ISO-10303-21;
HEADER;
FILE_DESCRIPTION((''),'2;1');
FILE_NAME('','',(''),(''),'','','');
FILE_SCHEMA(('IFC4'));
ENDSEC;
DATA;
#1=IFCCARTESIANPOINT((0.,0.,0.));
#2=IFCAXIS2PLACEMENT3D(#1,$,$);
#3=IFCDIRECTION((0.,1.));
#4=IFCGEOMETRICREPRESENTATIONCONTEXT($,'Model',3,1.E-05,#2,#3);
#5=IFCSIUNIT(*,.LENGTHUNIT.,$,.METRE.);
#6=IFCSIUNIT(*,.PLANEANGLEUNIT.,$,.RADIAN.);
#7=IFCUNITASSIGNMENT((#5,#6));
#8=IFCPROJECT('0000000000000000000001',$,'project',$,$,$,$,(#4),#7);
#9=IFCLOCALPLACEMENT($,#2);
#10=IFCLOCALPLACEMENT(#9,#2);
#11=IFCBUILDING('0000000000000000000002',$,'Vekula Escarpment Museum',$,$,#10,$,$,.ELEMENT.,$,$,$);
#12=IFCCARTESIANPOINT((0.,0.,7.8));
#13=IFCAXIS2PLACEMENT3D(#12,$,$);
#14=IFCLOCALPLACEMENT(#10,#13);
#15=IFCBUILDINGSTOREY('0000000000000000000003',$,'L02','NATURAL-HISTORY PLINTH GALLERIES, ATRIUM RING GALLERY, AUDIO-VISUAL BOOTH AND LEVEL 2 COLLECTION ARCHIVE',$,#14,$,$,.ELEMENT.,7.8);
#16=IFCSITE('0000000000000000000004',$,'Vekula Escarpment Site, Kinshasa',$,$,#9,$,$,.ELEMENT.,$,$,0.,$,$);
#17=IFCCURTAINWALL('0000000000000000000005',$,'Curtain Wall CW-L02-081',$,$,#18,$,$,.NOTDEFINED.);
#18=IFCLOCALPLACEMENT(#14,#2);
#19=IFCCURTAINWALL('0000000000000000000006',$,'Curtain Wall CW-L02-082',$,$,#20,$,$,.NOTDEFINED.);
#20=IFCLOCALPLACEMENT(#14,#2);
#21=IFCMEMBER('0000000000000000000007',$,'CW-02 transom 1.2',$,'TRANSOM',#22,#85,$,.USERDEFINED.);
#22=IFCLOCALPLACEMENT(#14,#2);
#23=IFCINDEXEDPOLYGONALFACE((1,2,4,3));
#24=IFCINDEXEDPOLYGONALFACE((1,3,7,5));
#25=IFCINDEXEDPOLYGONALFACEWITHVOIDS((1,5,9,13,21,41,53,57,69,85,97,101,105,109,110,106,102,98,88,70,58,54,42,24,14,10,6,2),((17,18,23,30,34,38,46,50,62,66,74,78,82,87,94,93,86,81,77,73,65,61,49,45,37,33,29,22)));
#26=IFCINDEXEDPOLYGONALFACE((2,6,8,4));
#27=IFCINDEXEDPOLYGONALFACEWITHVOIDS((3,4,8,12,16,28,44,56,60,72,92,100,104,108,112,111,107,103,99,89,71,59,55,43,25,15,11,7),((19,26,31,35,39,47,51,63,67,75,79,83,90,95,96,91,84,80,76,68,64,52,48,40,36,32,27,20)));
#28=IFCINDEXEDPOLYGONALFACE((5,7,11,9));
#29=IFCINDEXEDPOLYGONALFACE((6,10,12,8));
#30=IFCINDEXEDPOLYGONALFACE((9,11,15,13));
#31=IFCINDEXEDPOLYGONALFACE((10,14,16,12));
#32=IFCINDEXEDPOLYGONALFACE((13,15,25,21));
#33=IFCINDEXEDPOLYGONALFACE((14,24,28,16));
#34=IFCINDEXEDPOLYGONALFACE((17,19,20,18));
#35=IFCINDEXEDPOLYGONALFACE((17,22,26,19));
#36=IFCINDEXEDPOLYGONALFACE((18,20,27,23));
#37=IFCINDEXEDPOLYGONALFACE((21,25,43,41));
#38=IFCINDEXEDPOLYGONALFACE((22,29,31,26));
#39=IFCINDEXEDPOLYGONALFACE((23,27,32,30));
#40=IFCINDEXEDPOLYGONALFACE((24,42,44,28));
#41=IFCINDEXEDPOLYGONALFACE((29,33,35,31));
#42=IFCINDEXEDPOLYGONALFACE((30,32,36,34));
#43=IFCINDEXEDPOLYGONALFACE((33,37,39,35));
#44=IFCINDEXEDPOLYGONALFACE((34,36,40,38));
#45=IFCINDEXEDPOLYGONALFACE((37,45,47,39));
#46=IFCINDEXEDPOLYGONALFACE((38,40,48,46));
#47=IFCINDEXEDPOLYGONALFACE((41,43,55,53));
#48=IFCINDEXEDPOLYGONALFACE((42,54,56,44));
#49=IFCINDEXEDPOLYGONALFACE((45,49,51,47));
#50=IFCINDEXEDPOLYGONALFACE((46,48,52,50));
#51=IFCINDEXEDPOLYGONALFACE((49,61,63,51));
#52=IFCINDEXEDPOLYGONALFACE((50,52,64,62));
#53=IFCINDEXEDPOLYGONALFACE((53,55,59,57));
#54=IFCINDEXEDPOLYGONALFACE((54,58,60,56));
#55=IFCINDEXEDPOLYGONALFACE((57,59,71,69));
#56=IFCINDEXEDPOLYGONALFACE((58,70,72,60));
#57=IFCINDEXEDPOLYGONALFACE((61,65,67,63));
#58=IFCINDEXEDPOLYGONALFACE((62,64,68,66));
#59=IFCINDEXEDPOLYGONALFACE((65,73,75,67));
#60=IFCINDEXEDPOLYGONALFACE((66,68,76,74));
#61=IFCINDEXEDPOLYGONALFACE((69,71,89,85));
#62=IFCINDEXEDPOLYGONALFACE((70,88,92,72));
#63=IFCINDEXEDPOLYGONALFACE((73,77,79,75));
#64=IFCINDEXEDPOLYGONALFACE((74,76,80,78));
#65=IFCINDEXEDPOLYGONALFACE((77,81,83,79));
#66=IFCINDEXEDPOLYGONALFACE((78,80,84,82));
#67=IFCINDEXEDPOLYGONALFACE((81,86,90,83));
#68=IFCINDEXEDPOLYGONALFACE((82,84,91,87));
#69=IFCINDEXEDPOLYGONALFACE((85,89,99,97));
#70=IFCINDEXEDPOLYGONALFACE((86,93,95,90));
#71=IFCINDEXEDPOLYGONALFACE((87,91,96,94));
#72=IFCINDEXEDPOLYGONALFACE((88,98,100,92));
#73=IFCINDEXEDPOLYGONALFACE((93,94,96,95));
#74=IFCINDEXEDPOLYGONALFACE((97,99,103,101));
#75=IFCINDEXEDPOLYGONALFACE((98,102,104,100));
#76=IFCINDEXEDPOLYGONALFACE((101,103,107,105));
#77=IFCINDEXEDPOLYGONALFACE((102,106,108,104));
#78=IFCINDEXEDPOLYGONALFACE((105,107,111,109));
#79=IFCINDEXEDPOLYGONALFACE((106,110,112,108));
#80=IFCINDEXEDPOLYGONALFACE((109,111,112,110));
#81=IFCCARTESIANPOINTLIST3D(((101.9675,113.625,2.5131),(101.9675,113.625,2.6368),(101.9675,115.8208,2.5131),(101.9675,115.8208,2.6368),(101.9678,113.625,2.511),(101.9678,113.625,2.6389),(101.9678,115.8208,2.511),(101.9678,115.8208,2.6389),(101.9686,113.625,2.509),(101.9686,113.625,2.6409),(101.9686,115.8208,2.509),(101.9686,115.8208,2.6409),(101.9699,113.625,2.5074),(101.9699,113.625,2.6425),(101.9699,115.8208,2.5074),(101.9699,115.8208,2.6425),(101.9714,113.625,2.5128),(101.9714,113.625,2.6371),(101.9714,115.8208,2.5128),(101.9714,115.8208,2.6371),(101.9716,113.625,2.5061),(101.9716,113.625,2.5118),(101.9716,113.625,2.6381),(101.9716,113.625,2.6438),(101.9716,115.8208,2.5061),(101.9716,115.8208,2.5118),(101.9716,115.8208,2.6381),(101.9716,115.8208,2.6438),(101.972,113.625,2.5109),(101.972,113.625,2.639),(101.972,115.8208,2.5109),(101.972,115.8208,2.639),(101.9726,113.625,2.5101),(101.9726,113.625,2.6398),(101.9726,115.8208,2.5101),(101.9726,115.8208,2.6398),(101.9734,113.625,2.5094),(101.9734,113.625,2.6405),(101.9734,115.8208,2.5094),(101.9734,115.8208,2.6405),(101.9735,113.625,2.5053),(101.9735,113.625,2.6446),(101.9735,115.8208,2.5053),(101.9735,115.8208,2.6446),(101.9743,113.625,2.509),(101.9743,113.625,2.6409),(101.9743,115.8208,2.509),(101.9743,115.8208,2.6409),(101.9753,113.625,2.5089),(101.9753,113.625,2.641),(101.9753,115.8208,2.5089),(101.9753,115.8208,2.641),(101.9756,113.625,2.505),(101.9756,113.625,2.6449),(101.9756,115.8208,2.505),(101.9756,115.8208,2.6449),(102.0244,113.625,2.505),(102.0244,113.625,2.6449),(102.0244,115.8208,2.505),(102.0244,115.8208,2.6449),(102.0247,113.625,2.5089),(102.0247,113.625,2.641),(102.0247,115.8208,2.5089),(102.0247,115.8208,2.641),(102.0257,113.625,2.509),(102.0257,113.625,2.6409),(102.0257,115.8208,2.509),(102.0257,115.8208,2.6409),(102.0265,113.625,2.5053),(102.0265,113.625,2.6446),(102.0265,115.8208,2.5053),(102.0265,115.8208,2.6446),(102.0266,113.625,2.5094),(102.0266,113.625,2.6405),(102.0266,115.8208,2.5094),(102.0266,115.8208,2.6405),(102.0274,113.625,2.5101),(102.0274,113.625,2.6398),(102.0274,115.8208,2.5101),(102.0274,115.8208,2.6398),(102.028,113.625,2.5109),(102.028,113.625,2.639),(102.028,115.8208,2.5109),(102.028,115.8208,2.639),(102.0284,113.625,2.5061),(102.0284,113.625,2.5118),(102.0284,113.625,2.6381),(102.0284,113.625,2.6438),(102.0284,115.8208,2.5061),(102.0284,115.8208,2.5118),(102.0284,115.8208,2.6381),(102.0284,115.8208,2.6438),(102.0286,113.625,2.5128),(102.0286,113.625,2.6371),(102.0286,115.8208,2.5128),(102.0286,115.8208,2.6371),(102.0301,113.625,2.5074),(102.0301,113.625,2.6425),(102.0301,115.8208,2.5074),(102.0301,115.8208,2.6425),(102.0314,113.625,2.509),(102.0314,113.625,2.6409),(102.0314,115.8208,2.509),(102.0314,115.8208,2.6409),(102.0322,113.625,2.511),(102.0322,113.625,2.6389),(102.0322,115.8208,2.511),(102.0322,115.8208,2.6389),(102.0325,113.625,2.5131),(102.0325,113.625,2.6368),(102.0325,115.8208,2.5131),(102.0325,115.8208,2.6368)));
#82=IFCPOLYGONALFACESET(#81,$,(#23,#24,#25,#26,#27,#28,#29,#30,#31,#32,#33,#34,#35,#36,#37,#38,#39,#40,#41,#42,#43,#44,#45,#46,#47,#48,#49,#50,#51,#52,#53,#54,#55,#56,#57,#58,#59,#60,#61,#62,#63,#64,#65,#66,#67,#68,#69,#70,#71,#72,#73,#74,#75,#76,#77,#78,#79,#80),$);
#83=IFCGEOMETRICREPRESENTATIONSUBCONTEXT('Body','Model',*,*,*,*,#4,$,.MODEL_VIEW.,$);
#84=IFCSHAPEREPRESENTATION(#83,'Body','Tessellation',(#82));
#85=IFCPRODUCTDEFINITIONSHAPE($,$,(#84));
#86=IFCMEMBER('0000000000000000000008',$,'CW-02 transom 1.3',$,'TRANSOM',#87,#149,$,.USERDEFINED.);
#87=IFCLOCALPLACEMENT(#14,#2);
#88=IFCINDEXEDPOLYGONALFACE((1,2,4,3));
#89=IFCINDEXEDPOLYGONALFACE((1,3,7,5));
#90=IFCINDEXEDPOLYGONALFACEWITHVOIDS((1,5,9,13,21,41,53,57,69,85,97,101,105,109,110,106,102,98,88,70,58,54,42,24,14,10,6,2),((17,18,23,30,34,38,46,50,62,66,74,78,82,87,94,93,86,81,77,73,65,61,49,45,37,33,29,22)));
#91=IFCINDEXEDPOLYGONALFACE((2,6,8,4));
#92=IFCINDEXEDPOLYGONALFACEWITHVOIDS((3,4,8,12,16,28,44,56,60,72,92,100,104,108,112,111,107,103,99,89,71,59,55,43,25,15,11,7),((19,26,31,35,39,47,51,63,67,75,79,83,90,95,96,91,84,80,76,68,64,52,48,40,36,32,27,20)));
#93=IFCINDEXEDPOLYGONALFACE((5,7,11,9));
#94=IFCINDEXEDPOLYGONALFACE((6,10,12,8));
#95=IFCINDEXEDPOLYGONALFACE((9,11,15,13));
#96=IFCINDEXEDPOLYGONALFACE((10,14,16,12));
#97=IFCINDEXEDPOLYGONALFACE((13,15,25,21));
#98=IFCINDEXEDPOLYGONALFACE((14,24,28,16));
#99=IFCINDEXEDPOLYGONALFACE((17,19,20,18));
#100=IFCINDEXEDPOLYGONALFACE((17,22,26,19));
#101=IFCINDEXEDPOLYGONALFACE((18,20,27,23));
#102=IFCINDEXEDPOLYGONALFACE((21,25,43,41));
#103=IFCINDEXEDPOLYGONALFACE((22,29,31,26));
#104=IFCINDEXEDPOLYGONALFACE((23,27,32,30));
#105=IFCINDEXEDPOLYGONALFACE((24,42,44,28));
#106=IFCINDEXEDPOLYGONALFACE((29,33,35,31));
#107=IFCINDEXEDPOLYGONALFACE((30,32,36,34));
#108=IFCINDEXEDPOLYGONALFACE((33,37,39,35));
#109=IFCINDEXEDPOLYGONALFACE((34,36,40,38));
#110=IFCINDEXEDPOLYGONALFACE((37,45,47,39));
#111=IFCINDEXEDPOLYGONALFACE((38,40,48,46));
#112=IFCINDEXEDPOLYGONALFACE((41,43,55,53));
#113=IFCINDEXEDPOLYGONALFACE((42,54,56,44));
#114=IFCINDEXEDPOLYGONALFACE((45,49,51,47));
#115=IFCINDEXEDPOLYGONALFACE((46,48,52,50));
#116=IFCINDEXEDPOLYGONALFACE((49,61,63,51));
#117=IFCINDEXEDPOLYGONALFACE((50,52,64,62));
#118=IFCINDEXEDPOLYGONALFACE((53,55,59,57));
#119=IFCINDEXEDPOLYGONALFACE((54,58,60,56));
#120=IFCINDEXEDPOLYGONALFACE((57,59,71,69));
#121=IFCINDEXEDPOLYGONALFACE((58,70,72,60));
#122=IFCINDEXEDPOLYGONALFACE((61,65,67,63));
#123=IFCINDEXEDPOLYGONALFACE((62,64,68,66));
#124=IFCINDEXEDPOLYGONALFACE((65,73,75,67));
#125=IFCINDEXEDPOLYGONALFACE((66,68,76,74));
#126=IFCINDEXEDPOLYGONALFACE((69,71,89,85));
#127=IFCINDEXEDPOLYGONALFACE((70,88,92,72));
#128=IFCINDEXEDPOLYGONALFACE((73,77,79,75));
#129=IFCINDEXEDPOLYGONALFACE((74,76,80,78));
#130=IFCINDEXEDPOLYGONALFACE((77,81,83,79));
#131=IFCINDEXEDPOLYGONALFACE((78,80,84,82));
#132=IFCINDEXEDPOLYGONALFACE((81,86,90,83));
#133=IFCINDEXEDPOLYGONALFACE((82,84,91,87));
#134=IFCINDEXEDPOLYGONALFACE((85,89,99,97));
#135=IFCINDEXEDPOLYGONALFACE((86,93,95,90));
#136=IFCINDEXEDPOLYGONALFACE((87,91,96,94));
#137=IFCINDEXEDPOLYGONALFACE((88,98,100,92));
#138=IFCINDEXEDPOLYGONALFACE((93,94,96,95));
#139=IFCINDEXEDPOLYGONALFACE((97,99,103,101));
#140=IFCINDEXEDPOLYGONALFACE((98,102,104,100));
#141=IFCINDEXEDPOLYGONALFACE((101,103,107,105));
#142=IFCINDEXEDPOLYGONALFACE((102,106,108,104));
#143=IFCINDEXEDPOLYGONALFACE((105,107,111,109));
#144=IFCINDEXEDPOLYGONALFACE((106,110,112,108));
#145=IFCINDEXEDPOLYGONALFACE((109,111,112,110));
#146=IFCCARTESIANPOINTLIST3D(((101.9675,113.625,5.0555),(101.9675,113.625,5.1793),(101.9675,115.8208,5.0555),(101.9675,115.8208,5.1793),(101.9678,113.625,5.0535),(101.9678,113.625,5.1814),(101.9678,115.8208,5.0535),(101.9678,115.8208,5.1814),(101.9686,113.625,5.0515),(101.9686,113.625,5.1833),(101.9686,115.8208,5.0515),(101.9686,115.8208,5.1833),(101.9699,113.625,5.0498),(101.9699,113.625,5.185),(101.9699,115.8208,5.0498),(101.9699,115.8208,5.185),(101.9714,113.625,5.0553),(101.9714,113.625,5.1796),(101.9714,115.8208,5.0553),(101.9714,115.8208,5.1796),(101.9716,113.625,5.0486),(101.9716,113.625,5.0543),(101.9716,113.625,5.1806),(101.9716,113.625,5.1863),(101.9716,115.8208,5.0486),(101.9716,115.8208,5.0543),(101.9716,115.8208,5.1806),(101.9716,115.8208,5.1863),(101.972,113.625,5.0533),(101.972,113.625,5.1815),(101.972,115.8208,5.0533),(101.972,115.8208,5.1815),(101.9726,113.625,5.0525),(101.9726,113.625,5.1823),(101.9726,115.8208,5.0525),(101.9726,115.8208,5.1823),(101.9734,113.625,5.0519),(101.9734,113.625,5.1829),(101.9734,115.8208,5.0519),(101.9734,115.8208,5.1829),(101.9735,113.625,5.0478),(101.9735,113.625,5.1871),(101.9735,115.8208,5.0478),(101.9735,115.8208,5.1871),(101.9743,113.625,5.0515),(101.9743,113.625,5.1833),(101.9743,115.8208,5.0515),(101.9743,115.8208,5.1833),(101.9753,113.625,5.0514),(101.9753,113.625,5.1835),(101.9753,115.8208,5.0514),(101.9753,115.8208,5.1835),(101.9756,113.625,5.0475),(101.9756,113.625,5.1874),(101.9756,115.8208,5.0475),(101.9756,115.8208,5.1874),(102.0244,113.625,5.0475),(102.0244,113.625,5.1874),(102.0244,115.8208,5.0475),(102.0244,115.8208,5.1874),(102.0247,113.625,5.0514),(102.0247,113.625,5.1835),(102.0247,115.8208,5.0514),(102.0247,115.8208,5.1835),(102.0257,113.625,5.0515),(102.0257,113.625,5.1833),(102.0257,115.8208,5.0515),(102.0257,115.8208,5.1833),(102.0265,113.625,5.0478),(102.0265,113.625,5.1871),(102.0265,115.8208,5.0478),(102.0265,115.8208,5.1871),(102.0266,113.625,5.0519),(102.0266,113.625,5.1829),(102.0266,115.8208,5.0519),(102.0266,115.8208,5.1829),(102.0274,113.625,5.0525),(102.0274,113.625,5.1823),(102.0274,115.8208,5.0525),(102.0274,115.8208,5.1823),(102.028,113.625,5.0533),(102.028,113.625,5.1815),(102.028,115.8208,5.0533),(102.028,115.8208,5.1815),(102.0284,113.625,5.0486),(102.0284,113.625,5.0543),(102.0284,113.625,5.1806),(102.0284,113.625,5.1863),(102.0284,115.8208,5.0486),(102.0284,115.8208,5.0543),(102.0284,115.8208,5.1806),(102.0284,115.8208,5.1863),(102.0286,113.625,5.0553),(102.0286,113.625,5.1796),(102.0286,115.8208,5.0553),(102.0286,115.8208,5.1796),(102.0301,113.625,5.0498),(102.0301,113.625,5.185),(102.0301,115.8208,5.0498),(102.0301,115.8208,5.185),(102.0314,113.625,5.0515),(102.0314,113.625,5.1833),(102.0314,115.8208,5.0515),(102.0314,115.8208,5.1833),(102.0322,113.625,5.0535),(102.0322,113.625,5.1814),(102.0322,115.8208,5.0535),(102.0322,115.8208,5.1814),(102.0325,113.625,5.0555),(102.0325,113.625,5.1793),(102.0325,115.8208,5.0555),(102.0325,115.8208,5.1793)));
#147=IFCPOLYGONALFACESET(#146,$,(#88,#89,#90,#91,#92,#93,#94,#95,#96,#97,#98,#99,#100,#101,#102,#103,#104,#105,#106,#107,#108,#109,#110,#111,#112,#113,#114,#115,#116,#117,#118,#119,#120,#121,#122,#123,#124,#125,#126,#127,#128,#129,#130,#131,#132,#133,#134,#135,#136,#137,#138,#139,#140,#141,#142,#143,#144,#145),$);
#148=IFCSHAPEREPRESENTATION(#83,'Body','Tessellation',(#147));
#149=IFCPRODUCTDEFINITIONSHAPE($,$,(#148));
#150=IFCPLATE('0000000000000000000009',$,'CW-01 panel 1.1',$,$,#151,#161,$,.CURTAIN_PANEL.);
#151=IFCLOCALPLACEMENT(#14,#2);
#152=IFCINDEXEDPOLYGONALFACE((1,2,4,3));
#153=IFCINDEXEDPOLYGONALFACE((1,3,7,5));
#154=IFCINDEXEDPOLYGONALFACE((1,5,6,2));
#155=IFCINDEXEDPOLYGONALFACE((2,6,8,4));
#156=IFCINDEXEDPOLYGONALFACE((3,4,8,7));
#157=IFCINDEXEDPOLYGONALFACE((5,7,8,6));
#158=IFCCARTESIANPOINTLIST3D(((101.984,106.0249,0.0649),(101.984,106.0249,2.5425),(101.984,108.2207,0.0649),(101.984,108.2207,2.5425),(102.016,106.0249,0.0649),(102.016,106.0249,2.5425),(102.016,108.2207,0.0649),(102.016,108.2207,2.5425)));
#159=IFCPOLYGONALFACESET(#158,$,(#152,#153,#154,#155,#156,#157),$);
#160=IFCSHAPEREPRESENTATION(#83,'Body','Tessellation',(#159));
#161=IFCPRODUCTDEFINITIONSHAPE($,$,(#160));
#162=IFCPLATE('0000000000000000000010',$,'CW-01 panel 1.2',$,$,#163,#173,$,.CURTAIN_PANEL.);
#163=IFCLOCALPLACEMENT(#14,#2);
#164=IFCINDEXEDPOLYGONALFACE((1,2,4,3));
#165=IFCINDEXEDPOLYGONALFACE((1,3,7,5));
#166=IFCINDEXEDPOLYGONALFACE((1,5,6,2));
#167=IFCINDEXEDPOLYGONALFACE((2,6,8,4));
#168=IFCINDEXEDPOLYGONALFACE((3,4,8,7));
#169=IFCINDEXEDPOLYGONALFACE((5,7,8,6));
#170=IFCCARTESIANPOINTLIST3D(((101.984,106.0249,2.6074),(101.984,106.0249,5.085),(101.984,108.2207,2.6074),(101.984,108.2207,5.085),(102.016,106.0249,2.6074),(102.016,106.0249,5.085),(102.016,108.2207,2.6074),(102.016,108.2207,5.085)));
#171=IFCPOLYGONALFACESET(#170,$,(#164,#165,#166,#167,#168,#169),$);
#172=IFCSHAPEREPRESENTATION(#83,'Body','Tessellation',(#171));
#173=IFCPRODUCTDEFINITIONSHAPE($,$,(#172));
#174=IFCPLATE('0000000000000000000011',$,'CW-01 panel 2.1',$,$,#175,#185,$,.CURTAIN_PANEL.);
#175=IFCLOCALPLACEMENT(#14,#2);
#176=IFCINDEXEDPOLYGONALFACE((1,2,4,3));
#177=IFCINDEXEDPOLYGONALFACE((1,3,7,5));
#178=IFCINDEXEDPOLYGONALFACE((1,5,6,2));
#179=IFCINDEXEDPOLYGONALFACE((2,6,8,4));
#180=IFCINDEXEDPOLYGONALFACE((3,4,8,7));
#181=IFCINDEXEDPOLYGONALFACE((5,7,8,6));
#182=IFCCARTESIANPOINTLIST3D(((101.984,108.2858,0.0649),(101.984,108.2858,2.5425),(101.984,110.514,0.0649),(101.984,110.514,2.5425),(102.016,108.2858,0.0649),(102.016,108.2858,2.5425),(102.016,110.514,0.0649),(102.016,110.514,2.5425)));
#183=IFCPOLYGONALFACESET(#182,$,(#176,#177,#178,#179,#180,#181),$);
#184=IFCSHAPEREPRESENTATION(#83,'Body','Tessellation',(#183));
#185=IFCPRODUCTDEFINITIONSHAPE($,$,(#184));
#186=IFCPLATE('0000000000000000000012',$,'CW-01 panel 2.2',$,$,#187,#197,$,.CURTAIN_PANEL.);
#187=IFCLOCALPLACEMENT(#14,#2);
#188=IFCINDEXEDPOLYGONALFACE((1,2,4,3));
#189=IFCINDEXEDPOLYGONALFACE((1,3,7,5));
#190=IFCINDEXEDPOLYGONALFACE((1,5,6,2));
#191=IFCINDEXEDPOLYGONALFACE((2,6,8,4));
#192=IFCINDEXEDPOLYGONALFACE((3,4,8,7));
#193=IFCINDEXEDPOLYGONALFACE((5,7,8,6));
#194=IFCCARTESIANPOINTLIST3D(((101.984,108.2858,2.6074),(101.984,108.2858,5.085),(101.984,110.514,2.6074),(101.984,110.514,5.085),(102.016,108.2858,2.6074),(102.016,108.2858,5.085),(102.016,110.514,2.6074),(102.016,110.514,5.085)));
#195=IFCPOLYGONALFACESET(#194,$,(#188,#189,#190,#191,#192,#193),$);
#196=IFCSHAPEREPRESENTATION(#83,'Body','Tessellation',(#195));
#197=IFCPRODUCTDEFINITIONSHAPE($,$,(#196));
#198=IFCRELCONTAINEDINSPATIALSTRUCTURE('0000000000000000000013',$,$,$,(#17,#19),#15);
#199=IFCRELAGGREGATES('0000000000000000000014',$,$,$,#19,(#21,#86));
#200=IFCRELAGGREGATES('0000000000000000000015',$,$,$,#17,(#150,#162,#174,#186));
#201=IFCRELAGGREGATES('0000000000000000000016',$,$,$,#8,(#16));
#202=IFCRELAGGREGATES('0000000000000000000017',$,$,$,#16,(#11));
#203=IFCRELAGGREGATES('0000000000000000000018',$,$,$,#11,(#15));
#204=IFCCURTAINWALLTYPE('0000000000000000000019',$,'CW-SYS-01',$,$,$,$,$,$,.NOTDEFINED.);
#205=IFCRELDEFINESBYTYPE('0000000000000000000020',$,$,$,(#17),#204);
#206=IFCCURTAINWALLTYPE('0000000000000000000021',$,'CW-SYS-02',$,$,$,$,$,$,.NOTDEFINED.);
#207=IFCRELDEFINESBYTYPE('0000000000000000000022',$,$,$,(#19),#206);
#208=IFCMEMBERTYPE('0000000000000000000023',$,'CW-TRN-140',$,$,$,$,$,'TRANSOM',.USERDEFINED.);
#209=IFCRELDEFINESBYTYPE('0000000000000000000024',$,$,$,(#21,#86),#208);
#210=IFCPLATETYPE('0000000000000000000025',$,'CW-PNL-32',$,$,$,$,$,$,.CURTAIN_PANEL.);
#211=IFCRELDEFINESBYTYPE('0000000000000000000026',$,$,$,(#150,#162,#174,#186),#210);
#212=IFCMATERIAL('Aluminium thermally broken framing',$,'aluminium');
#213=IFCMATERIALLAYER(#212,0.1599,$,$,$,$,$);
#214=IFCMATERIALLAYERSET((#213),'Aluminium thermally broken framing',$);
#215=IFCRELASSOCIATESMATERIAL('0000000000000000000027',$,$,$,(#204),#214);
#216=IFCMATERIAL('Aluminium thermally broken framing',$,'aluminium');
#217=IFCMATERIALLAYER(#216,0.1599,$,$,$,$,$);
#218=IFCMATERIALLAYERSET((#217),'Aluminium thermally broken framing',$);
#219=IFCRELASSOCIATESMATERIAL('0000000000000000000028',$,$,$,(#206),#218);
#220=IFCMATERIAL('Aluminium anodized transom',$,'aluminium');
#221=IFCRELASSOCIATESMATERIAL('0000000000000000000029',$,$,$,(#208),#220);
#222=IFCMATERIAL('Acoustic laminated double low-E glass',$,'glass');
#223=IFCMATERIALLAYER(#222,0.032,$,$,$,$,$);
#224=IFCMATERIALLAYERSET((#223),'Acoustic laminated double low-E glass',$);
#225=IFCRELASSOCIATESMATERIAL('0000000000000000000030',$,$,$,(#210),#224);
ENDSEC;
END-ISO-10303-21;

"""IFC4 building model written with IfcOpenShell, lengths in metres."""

from ifc_helpers import new_model, si_unit, direction, frame, origin, origin_2d, place, context, subcontext, project, spatial, rectangle, hollow_rectangle, extrude, material, layer, layer_set, material_profile, profile_set, type_object, element, aggregate, save


model = new_model("IFC4")

# Units and contexts
model_context = context("Model", 3, precision=1e-05, world=origin(), true_north=direction((0.0, 1.0)))
body_context = subcontext(model_context, "Body", "Model", "MODEL_VIEW")
ifc_project = project(units=[si_unit("LENGTHUNIT", "METRE"), si_unit("PLANEANGLEUNIT", "RADIAN")], contexts=[model_context])

# Site, building, storey
site_placement = place(None, origin())
site = spatial("IfcSite", under=ifc_project, at=site_placement, Name="Vekula Escarpment Site, Kinshasa", CompositionType="ELEMENT", RefElevation=0.0)
building_placement = place(site_placement, origin())
building = spatial("IfcBuilding", under=site, at=building_placement, Name="Vekula Escarpment Museum", CompositionType="ELEMENT")
storey_placement = place(building_placement, frame((0.0, 0.0, 7.8)))
storey = spatial("IfcBuildingStorey", under=building, at=storey_placement, Name="L02", Description="NATURAL-HISTORY PLINTH GALLERIES, ATRIUM RING GALLERY, AUDIO-VISUAL BOOTH AND LEVEL 2 COLLECTION ARCHIVE", CompositionType="ELEMENT", Elevation=7.8)

# Curtain wall
ifc_material_1 = material(Name="Aluminium thermally broken framing", Category="aluminium")
ifc_layer_1 = layer(ifc_material_1, 0.1599)
ifc_layer_set_1 = layer_set([ifc_layer_1], Name="Aluminium thermally broken framing")
curtain_wall_type_1 = type_object("IfcCurtainWallType", Name="CW-SYS-01", PredefinedType="NOTDEFINED", material=ifc_layer_set_1)
curtain_wall_1_placement = place(storey_placement, origin())
curtain_wall_1 = element("IfcCurtainWall", 1, at=curtain_wall_1_placement, inside=storey, type_object=curtain_wall_type_1, Name="Curtain Wall CW-L02-081", PredefinedType="NOTDEFINED")

# Curtain wall
ifc_material_2 = material(Name="Aluminium thermally broken framing", Category="aluminium")
ifc_layer_2 = layer(ifc_material_2, 0.1599)
ifc_layer_set_2 = layer_set([ifc_layer_2], Name="Aluminium thermally broken framing")
curtain_wall_type_2 = type_object("IfcCurtainWallType", Name="CW-SYS-02", PredefinedType="NOTDEFINED", material=ifc_layer_set_2)
curtain_wall_2_placement = place(storey_placement, origin())
curtain_wall_2 = element("IfcCurtainWall", 2, at=curtain_wall_2_placement, inside=storey, type_object=curtain_wall_type_2, Name="Curtain Wall CW-L02-082", PredefinedType="NOTDEFINED")

# Members
ifc_material_3 = material(Name="Aluminium anodized transom", Category="aluminium")
ifc_material_profile_1 = material_profile(ifc_material_3, hollow_rectangle(XDim=0.0649, YDim=0.1399, WallThickness=0.0039, InnerFilletRadius=0.0039, OuterFilletRadius=0.0081, at=origin_2d()), Name="ALU 140x65x4")
ifc_profile_set_1 = profile_set([ifc_material_profile_1], Name="Aluminium anodized transom")
member_type_1 = type_object("IfcMemberType", Name="CW-TRN-140", ElementType="TRANSOM", PredefinedType="USERDEFINED", material=ifc_profile_set_1)
member_1_placement = place(storey_placement, frame((102.0, 113.625, 2.575), z_axis=(0.0, 1.0, 0.0), x_axis=(-1.0, 0.0, 0.0)))
member_1 = element("IfcMember", 3, at=member_1_placement, type_object=member_type_1, Name="CW-02 transom 1.2", ObjectType="TRANSOM", PredefinedType="USERDEFINED", context=body_context, shape_type="SweptSolid", body=[
    extrude(hollow_rectangle(XDim=0.0649, YDim=0.1399, WallThickness=0.0039, InnerFilletRadius=0.0039, OuterFilletRadius=0.0081, at=origin_2d()), origin(), (0.0, 0.0, 1.0), 2.1958),
])
member_2_placement = place(storey_placement, frame((102.0, 113.625, 5.1174), z_axis=(0.0, 1.0, 0.0), x_axis=(-1.0, 0.0, 0.0)))
member_2 = element("IfcMember", 4, at=member_2_placement, type_object=member_type_1, Name="CW-02 transom 1.3", ObjectType="TRANSOM", PredefinedType="USERDEFINED", context=body_context, shape_type="SweptSolid", body=[
    extrude(hollow_rectangle(XDim=0.0649, YDim=0.1399, WallThickness=0.0039, InnerFilletRadius=0.0039, OuterFilletRadius=0.0081, at=origin_2d()), origin(), (0.0, 0.0, 1.0), 2.1958),
])
aggregate(curtain_wall_2, [member_1, member_2])

# Plates
ifc_material_4 = material(Name="Acoustic laminated double low-E glass", Category="glass")
ifc_layer_3 = layer(ifc_material_4, 0.032)
ifc_layer_set_3 = layer_set([ifc_layer_3], Name="Acoustic laminated double low-E glass")
plate_type = type_object("IfcPlateType", Name="CW-PNL-32", PredefinedType="CURTAIN_PANEL", material=ifc_layer_set_3)
plate_1_placement = place(storey_placement, frame((102.0, 107.1228, 0.0649), z_axis=(0.0, 0.0, 1.0), x_axis=(0.0, 1.0, 0.0)))
plate_1 = element("IfcPlate", 5, at=plate_1_placement, type_object=plate_type, Name="CW-01 panel 1.1", PredefinedType="CURTAIN_PANEL", context=body_context, shape_type="SweptSolid", body=[
    extrude(rectangle(XDim=2.1958, YDim=0.032, at=origin_2d()), origin(), (0.0, 0.0, 1.0), 2.4775),
])
plate_2_placement = place(storey_placement, frame((102.0, 107.1228, 2.6074), z_axis=(0.0, 0.0, 1.0), x_axis=(0.0, 1.0, 0.0)))
plate_2 = element("IfcPlate", 6, at=plate_2_placement, type_object=plate_type, Name="CW-01 panel 1.2", PredefinedType="CURTAIN_PANEL", context=body_context, shape_type="SweptSolid", body=[
    extrude(rectangle(XDim=2.1958, YDim=0.032, at=origin_2d()), origin(), (0.0, 0.0, 1.0), 2.4775),
])
plate_3_placement = place(storey_placement, frame((102.0, 109.3999, 0.0649), z_axis=(0.0, 0.0, 1.0), x_axis=(0.0, 1.0, 0.0)))
plate_3 = element("IfcPlate", 7, at=plate_3_placement, type_object=plate_type, Name="CW-01 panel 2.1", PredefinedType="CURTAIN_PANEL", context=body_context, shape_type="SweptSolid", body=[
    extrude(rectangle(XDim=2.2283, YDim=0.032, at=origin_2d()), origin(), (0.0, 0.0, 1.0), 2.4775),
])
plate_4_placement = place(storey_placement, frame((102.0, 109.3999, 2.6074), z_axis=(0.0, 0.0, 1.0), x_axis=(0.0, 1.0, 0.0)))
plate_4 = element("IfcPlate", 8, at=plate_4_placement, type_object=plate_type, Name="CW-01 panel 2.2", PredefinedType="CURTAIN_PANEL", context=body_context, shape_type="SweptSolid", body=[
    extrude(rectangle(XDim=2.2283, YDim=0.032, at=origin_2d()), origin(), (0.0, 0.0, 1.0), 2.4775),
])
aggregate(curtain_wall_1, [plate_1, plate_2, plate_3, plate_4])

save(model, "model.ifc")
